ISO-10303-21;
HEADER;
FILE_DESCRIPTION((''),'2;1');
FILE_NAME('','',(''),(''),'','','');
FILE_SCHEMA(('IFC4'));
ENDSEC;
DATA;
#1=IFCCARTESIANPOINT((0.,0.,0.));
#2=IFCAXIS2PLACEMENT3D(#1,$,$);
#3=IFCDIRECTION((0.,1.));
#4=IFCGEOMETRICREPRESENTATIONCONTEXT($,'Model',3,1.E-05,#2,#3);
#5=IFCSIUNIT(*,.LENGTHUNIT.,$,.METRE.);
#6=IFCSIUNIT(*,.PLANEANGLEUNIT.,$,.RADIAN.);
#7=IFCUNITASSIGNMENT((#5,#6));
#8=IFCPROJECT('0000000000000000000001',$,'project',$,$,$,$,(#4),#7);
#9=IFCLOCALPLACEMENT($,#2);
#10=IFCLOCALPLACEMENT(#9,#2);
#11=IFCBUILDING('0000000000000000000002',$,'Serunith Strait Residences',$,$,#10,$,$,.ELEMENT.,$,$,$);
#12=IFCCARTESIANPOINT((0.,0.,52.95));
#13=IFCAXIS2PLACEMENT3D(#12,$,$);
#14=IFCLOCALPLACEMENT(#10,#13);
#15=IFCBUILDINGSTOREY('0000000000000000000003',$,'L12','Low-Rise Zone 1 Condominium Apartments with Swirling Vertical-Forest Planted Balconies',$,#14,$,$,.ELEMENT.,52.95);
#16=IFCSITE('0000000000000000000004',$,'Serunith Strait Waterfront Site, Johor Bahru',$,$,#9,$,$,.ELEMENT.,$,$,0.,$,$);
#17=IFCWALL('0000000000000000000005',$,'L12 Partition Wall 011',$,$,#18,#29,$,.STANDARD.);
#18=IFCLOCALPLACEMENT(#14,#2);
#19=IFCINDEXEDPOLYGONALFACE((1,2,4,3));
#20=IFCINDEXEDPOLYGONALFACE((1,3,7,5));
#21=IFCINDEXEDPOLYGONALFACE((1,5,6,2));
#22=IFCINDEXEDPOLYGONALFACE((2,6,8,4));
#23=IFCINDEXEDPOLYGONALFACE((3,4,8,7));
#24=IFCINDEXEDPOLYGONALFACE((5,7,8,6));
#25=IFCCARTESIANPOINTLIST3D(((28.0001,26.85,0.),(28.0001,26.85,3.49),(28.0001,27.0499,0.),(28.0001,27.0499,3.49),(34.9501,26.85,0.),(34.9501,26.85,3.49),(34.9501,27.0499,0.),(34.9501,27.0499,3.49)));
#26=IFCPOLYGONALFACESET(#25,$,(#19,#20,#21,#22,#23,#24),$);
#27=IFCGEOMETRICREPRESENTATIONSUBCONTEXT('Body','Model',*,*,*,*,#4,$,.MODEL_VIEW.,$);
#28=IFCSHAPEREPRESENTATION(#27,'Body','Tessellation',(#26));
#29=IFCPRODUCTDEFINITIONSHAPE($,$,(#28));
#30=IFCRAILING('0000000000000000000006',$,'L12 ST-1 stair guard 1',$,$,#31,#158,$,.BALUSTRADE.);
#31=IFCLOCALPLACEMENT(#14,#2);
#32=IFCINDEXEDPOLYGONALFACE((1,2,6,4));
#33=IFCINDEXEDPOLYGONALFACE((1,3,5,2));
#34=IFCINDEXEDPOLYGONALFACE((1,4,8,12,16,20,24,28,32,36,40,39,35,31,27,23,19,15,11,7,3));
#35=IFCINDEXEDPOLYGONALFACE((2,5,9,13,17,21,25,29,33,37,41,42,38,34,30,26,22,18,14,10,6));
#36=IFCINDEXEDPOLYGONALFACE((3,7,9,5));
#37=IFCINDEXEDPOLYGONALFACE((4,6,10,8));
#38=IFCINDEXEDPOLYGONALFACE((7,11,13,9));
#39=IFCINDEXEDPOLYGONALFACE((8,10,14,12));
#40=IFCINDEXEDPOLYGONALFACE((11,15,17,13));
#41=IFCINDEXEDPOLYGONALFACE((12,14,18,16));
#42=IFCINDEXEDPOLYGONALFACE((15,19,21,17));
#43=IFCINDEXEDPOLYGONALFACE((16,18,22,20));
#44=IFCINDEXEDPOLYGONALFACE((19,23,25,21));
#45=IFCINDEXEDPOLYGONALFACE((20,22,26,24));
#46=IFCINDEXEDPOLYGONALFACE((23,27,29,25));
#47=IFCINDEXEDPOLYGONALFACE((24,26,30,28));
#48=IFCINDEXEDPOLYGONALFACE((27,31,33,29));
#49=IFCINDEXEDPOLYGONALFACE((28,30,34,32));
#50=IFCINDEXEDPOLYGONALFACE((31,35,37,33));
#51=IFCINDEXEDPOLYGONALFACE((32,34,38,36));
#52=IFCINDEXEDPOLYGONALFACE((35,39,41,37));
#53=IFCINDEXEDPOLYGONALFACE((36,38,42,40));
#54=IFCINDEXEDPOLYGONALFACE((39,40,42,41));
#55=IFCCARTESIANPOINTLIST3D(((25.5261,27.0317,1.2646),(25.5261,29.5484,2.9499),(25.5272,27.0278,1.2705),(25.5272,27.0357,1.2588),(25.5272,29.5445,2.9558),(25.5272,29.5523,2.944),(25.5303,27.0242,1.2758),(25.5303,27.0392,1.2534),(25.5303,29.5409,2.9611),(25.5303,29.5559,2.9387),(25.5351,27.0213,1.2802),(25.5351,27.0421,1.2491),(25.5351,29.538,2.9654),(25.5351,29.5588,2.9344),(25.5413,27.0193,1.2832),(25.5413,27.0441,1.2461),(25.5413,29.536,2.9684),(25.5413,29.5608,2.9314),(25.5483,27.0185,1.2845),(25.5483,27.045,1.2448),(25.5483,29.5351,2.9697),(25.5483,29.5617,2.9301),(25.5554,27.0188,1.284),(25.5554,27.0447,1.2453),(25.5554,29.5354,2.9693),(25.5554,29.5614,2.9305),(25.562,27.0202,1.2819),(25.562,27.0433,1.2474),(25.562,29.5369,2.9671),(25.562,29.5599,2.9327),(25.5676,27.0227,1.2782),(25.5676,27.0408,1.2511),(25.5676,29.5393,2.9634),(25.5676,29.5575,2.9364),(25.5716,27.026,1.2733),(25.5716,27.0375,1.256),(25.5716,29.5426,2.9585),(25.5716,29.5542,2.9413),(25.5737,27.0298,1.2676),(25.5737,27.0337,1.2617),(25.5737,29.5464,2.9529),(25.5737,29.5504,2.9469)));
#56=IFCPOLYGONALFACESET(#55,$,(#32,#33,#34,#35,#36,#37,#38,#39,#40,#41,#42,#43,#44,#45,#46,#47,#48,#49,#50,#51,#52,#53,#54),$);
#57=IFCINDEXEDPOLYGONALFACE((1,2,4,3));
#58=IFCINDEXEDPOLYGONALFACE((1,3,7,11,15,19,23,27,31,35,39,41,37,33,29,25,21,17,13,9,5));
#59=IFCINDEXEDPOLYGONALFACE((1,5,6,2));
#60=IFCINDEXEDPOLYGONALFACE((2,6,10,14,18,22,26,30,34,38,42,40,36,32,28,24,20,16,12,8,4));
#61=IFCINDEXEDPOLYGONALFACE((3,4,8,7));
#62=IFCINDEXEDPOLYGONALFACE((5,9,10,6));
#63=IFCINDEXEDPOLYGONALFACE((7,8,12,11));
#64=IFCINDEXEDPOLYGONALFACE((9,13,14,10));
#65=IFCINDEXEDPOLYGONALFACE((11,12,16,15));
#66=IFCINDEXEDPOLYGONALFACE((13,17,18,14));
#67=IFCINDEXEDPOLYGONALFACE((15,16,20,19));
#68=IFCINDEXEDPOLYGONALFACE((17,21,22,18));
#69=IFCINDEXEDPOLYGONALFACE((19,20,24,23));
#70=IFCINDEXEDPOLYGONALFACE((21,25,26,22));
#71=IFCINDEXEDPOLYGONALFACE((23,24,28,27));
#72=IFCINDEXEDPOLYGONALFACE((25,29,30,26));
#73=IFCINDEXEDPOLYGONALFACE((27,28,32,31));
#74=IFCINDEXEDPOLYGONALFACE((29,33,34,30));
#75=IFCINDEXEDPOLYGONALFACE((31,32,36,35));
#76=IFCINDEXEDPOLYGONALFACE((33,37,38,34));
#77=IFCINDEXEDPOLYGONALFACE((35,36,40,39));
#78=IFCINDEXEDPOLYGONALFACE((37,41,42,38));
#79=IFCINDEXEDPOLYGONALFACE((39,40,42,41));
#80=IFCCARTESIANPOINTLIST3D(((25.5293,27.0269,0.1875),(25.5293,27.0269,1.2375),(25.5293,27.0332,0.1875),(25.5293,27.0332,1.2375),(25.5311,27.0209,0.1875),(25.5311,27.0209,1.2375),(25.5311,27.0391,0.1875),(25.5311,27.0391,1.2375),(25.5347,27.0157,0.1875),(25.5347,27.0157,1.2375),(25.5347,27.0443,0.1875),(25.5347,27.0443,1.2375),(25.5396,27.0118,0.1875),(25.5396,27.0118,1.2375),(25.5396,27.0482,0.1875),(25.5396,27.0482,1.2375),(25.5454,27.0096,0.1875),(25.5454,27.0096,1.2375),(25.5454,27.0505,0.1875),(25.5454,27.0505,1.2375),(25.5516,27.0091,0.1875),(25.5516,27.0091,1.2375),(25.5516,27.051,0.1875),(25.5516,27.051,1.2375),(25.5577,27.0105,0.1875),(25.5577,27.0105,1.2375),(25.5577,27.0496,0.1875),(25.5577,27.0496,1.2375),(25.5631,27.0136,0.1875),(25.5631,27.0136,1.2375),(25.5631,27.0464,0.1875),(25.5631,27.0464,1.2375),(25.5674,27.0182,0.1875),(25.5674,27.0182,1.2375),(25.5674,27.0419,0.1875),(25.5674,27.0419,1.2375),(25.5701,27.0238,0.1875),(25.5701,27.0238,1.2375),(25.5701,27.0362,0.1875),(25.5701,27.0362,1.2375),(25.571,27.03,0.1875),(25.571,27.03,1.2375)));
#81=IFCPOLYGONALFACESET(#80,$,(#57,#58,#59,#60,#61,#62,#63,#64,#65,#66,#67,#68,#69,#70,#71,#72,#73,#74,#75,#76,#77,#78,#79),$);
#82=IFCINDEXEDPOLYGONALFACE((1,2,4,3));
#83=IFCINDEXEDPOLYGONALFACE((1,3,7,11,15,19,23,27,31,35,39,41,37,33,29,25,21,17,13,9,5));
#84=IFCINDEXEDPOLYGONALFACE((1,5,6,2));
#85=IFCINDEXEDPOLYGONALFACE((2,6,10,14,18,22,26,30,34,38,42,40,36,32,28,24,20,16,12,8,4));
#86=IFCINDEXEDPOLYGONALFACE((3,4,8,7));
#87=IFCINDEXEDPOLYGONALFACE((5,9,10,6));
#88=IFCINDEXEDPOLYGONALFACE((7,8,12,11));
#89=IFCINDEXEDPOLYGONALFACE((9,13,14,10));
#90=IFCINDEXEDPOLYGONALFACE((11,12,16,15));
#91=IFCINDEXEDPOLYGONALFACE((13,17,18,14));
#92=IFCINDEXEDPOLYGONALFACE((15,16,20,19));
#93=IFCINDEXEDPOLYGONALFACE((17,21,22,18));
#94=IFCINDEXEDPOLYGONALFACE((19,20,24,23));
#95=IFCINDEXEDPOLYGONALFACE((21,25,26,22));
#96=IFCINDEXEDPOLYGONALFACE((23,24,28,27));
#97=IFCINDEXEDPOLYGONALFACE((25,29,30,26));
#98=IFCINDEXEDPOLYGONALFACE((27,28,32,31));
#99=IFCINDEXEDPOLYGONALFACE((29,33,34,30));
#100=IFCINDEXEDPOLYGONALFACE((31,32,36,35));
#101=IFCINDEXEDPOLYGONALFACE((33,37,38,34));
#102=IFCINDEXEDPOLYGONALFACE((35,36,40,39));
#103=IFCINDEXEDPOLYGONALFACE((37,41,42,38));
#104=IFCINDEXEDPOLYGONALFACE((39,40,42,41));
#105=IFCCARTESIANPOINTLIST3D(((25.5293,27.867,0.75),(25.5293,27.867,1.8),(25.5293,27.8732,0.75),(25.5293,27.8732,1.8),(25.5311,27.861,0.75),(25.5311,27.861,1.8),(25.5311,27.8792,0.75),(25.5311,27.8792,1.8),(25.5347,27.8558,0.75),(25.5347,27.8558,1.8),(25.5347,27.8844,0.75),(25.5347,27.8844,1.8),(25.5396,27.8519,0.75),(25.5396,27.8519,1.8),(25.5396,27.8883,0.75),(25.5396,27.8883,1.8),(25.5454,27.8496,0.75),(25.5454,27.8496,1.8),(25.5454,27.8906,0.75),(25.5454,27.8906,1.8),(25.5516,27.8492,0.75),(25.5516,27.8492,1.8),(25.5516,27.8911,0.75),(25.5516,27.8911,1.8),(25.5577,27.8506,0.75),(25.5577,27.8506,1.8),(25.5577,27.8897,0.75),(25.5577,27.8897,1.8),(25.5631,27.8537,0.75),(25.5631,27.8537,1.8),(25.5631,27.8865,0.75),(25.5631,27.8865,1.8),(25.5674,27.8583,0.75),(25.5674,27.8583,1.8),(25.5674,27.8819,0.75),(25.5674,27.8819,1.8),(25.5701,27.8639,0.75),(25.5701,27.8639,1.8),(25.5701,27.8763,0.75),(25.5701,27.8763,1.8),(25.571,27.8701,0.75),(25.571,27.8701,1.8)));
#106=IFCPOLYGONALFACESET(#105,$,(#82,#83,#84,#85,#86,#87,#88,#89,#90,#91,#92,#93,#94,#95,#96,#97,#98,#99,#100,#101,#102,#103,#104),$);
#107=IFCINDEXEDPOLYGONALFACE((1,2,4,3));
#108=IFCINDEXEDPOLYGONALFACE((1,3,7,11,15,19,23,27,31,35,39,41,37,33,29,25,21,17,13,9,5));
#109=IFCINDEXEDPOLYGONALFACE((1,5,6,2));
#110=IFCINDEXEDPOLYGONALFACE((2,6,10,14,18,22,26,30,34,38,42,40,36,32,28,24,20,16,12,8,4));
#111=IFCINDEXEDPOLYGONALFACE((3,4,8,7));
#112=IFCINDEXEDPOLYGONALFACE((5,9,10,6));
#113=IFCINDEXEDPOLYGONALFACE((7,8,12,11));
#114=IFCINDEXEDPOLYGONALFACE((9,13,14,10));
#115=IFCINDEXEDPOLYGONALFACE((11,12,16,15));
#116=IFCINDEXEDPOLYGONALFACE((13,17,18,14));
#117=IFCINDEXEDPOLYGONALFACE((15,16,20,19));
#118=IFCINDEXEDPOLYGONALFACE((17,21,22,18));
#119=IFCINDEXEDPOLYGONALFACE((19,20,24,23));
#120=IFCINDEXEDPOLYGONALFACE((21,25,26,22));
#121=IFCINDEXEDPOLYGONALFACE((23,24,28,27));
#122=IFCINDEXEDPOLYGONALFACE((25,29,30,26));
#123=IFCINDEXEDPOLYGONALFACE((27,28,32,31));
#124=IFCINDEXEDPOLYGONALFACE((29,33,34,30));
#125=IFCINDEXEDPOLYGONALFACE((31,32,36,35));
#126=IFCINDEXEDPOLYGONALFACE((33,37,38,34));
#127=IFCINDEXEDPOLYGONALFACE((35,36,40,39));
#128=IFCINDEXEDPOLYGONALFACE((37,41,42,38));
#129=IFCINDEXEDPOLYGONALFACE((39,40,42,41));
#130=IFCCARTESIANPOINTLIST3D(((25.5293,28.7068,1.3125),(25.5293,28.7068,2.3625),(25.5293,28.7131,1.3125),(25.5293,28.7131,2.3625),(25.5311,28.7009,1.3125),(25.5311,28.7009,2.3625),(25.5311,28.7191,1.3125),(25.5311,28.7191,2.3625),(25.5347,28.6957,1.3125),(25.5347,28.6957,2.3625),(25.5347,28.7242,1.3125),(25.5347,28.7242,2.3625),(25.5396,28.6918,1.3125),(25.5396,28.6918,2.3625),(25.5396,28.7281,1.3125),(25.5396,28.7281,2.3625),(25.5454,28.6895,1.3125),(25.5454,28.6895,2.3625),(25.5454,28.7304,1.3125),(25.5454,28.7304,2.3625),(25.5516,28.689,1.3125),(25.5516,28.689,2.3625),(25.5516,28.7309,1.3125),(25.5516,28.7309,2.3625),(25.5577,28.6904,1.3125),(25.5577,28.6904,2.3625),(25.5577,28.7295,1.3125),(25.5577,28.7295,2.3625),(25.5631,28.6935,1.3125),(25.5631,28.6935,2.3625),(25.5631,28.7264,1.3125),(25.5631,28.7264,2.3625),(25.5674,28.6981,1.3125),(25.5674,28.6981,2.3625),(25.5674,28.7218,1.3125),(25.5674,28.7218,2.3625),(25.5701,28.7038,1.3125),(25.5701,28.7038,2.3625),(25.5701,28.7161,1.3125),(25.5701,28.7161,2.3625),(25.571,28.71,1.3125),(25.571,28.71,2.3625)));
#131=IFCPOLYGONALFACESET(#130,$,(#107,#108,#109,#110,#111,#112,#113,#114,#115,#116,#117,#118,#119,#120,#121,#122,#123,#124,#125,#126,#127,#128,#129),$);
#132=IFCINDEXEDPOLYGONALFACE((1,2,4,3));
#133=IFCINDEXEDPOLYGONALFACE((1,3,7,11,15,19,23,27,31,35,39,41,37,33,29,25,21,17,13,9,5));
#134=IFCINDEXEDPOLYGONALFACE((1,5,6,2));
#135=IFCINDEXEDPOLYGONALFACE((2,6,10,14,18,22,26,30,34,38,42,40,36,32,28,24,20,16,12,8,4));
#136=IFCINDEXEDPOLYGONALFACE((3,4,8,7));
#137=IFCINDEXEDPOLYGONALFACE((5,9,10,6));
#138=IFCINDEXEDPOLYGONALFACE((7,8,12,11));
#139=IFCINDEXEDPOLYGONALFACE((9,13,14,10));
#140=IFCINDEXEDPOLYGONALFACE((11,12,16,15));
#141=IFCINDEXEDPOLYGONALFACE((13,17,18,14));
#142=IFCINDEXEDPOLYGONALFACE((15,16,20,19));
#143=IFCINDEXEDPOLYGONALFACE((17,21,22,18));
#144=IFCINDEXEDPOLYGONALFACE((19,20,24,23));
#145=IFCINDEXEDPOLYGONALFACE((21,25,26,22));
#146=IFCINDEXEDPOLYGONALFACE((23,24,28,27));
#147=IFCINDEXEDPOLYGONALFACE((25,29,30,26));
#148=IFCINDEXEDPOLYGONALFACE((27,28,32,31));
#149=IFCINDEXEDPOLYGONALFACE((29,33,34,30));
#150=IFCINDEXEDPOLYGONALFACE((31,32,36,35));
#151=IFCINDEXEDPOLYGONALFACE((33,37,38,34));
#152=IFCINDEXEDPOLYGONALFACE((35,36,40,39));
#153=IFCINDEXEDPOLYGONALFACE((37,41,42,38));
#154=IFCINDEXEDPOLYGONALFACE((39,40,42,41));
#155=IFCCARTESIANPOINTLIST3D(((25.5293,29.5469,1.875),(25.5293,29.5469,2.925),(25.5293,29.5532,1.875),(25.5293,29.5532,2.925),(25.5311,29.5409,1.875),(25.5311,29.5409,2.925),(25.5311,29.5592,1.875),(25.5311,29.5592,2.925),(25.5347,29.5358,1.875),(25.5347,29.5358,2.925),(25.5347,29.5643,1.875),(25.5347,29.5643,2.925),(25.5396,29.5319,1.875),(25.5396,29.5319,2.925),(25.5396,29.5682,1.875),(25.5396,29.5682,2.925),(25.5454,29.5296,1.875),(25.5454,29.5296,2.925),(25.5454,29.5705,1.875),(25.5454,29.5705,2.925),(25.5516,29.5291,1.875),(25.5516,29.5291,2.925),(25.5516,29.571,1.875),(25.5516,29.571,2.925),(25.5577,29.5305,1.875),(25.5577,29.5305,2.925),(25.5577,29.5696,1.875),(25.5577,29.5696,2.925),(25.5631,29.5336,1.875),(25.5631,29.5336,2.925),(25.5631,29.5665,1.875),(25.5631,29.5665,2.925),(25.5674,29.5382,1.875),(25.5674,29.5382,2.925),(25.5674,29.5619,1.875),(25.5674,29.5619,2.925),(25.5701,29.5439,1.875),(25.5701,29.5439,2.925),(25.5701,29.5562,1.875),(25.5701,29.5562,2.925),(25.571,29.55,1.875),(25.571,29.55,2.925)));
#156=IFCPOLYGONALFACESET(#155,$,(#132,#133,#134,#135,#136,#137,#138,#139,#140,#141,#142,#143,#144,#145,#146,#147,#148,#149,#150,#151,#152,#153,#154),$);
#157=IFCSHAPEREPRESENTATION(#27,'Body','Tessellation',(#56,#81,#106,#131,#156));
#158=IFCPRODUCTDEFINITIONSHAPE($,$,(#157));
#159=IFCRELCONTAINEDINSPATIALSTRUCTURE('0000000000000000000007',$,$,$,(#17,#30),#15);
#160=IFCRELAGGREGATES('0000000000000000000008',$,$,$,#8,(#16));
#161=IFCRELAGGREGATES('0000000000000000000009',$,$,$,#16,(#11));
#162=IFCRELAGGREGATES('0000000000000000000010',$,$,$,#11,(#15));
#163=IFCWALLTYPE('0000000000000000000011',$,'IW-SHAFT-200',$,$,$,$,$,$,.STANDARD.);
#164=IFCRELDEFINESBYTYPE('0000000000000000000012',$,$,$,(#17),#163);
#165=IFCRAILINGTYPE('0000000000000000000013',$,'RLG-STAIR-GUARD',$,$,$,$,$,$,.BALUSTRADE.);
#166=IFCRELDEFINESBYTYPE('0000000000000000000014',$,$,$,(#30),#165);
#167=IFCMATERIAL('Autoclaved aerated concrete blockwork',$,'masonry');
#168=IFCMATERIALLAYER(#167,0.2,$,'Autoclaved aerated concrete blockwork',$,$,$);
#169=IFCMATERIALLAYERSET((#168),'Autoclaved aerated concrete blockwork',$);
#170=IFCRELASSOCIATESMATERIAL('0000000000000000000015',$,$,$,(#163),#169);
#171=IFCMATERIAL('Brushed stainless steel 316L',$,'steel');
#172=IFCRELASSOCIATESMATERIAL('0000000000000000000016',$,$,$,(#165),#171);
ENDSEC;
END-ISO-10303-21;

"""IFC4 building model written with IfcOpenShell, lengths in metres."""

from ifc_helpers import new_model, si_unit, direction, frame, frame_2d, origin, origin_2d, place, context, subcontext, project, spatial, rectangle, circle, extrude, material, layer, layer_set, type_object, element, save


model = new_model("IFC4")

# Units and contexts
model_context = context("Model", 3, precision=1e-05, world=origin(), true_north=direction((0.0, 1.0)))
body_context = subcontext(model_context, "Body", "Model", "MODEL_VIEW")
ifc_project = project(units=[si_unit("LENGTHUNIT", "METRE"), si_unit("PLANEANGLEUNIT", "RADIAN")], contexts=[model_context])

# Site, building, storey
site_placement = place(None, origin())
site = spatial("IfcSite", under=ifc_project, at=site_placement, Name="Serunith Strait Waterfront Site, Johor Bahru", CompositionType="ELEMENT", RefElevation=0.0)
building_placement = place(site_placement, origin())
building = spatial("IfcBuilding", under=site, at=building_placement, Name="Serunith Strait Residences", CompositionType="ELEMENT")
storey_placement = place(building_placement, frame((0.0, 0.0, 52.95)))
storey = spatial("IfcBuildingStorey", under=building, at=storey_placement, Name="L12", Description="Low-Rise Zone 1 Condominium Apartments with Swirling Vertical-Forest Planted Balconies", CompositionType="ELEMENT", Elevation=52.95)

# Shared definitions
ifc_material_1 = material(Name="Autoclaved aerated concrete blockwork", Category="masonry")
ifc_layer = layer(ifc_material_1, 0.2, Name="Autoclaved aerated concrete blockwork")
ifc_layer_set = layer_set([ifc_layer], Name="Autoclaved aerated concrete blockwork")
wall_type = type_object("IfcWallType", Name="IW-SHAFT-200", PredefinedType="STANDARD", material=ifc_layer_set)

# Wall
wall_1_placement = place(storey_placement, frame((28.0, 26.95, 0.0), z_axis=(0.0, 0.0, 1.0), x_axis=(1.0, 0.0, 0.0)))
element("IfcWall", 1, at=wall_1_placement, inside=storey, type_object=wall_type, Name="L12 Partition Wall 011", PredefinedType="STANDARD", context=body_context, shape_type="SweptSolid", body=[
    extrude(rectangle(XDim=6.95, YDim=0.2, at=frame_2d((3.4751, 0.0))), origin(), (0.0, 0.0, 1.0), 3.49),
])

# Railing
ifc_material_2 = material(Name="Brushed stainless steel 316L", Category="steel")
railing_type_1 = type_object("IfcRailingType", Name="RLG-STAIR-GUARD", PredefinedType="BALUSTRADE", material=ifc_material_2)
railing_1_placement = place(storey_placement, frame((25.55, 27.03, 0.1875)))
element("IfcRailing", 2, at=railing_1_placement, inside=storey, type_object=railing_type_1, Name="L12 ST-1 stair guard 1", PredefinedType="BALUSTRADE", context=body_context, shape_type="SweptSolid", body=[
    extrude(circle(Radius=0.0239, at=origin_2d()), frame((0.0, 0.0017, 1.0771), z_axis=(0.0, 0.830909, 0.556408), x_axis=(-1.0, 0.0, 0.0)), (0.0, 0.0, 1.0), 3.0288),
    extrude(circle(Radius=0.021, at=origin_2d()), origin(), (0.0, 0.0, 1.0), 1.05),
    extrude(circle(Radius=0.021, at=origin_2d()), frame((0.0, 0.8401, 0.5625)), (0.0, 0.0, 1.0), 1.05),
    extrude(circle(Radius=0.021, at=origin_2d()), frame((0.0, 1.6799, 1.125)), (0.0, 0.0, 1.0), 1.05),
    extrude(circle(Radius=0.021, at=origin_2d()), frame((0.0, 2.52, 1.6875)), (0.0, 0.0, 1.0), 1.05),
])

save(model, "model.ifc")
